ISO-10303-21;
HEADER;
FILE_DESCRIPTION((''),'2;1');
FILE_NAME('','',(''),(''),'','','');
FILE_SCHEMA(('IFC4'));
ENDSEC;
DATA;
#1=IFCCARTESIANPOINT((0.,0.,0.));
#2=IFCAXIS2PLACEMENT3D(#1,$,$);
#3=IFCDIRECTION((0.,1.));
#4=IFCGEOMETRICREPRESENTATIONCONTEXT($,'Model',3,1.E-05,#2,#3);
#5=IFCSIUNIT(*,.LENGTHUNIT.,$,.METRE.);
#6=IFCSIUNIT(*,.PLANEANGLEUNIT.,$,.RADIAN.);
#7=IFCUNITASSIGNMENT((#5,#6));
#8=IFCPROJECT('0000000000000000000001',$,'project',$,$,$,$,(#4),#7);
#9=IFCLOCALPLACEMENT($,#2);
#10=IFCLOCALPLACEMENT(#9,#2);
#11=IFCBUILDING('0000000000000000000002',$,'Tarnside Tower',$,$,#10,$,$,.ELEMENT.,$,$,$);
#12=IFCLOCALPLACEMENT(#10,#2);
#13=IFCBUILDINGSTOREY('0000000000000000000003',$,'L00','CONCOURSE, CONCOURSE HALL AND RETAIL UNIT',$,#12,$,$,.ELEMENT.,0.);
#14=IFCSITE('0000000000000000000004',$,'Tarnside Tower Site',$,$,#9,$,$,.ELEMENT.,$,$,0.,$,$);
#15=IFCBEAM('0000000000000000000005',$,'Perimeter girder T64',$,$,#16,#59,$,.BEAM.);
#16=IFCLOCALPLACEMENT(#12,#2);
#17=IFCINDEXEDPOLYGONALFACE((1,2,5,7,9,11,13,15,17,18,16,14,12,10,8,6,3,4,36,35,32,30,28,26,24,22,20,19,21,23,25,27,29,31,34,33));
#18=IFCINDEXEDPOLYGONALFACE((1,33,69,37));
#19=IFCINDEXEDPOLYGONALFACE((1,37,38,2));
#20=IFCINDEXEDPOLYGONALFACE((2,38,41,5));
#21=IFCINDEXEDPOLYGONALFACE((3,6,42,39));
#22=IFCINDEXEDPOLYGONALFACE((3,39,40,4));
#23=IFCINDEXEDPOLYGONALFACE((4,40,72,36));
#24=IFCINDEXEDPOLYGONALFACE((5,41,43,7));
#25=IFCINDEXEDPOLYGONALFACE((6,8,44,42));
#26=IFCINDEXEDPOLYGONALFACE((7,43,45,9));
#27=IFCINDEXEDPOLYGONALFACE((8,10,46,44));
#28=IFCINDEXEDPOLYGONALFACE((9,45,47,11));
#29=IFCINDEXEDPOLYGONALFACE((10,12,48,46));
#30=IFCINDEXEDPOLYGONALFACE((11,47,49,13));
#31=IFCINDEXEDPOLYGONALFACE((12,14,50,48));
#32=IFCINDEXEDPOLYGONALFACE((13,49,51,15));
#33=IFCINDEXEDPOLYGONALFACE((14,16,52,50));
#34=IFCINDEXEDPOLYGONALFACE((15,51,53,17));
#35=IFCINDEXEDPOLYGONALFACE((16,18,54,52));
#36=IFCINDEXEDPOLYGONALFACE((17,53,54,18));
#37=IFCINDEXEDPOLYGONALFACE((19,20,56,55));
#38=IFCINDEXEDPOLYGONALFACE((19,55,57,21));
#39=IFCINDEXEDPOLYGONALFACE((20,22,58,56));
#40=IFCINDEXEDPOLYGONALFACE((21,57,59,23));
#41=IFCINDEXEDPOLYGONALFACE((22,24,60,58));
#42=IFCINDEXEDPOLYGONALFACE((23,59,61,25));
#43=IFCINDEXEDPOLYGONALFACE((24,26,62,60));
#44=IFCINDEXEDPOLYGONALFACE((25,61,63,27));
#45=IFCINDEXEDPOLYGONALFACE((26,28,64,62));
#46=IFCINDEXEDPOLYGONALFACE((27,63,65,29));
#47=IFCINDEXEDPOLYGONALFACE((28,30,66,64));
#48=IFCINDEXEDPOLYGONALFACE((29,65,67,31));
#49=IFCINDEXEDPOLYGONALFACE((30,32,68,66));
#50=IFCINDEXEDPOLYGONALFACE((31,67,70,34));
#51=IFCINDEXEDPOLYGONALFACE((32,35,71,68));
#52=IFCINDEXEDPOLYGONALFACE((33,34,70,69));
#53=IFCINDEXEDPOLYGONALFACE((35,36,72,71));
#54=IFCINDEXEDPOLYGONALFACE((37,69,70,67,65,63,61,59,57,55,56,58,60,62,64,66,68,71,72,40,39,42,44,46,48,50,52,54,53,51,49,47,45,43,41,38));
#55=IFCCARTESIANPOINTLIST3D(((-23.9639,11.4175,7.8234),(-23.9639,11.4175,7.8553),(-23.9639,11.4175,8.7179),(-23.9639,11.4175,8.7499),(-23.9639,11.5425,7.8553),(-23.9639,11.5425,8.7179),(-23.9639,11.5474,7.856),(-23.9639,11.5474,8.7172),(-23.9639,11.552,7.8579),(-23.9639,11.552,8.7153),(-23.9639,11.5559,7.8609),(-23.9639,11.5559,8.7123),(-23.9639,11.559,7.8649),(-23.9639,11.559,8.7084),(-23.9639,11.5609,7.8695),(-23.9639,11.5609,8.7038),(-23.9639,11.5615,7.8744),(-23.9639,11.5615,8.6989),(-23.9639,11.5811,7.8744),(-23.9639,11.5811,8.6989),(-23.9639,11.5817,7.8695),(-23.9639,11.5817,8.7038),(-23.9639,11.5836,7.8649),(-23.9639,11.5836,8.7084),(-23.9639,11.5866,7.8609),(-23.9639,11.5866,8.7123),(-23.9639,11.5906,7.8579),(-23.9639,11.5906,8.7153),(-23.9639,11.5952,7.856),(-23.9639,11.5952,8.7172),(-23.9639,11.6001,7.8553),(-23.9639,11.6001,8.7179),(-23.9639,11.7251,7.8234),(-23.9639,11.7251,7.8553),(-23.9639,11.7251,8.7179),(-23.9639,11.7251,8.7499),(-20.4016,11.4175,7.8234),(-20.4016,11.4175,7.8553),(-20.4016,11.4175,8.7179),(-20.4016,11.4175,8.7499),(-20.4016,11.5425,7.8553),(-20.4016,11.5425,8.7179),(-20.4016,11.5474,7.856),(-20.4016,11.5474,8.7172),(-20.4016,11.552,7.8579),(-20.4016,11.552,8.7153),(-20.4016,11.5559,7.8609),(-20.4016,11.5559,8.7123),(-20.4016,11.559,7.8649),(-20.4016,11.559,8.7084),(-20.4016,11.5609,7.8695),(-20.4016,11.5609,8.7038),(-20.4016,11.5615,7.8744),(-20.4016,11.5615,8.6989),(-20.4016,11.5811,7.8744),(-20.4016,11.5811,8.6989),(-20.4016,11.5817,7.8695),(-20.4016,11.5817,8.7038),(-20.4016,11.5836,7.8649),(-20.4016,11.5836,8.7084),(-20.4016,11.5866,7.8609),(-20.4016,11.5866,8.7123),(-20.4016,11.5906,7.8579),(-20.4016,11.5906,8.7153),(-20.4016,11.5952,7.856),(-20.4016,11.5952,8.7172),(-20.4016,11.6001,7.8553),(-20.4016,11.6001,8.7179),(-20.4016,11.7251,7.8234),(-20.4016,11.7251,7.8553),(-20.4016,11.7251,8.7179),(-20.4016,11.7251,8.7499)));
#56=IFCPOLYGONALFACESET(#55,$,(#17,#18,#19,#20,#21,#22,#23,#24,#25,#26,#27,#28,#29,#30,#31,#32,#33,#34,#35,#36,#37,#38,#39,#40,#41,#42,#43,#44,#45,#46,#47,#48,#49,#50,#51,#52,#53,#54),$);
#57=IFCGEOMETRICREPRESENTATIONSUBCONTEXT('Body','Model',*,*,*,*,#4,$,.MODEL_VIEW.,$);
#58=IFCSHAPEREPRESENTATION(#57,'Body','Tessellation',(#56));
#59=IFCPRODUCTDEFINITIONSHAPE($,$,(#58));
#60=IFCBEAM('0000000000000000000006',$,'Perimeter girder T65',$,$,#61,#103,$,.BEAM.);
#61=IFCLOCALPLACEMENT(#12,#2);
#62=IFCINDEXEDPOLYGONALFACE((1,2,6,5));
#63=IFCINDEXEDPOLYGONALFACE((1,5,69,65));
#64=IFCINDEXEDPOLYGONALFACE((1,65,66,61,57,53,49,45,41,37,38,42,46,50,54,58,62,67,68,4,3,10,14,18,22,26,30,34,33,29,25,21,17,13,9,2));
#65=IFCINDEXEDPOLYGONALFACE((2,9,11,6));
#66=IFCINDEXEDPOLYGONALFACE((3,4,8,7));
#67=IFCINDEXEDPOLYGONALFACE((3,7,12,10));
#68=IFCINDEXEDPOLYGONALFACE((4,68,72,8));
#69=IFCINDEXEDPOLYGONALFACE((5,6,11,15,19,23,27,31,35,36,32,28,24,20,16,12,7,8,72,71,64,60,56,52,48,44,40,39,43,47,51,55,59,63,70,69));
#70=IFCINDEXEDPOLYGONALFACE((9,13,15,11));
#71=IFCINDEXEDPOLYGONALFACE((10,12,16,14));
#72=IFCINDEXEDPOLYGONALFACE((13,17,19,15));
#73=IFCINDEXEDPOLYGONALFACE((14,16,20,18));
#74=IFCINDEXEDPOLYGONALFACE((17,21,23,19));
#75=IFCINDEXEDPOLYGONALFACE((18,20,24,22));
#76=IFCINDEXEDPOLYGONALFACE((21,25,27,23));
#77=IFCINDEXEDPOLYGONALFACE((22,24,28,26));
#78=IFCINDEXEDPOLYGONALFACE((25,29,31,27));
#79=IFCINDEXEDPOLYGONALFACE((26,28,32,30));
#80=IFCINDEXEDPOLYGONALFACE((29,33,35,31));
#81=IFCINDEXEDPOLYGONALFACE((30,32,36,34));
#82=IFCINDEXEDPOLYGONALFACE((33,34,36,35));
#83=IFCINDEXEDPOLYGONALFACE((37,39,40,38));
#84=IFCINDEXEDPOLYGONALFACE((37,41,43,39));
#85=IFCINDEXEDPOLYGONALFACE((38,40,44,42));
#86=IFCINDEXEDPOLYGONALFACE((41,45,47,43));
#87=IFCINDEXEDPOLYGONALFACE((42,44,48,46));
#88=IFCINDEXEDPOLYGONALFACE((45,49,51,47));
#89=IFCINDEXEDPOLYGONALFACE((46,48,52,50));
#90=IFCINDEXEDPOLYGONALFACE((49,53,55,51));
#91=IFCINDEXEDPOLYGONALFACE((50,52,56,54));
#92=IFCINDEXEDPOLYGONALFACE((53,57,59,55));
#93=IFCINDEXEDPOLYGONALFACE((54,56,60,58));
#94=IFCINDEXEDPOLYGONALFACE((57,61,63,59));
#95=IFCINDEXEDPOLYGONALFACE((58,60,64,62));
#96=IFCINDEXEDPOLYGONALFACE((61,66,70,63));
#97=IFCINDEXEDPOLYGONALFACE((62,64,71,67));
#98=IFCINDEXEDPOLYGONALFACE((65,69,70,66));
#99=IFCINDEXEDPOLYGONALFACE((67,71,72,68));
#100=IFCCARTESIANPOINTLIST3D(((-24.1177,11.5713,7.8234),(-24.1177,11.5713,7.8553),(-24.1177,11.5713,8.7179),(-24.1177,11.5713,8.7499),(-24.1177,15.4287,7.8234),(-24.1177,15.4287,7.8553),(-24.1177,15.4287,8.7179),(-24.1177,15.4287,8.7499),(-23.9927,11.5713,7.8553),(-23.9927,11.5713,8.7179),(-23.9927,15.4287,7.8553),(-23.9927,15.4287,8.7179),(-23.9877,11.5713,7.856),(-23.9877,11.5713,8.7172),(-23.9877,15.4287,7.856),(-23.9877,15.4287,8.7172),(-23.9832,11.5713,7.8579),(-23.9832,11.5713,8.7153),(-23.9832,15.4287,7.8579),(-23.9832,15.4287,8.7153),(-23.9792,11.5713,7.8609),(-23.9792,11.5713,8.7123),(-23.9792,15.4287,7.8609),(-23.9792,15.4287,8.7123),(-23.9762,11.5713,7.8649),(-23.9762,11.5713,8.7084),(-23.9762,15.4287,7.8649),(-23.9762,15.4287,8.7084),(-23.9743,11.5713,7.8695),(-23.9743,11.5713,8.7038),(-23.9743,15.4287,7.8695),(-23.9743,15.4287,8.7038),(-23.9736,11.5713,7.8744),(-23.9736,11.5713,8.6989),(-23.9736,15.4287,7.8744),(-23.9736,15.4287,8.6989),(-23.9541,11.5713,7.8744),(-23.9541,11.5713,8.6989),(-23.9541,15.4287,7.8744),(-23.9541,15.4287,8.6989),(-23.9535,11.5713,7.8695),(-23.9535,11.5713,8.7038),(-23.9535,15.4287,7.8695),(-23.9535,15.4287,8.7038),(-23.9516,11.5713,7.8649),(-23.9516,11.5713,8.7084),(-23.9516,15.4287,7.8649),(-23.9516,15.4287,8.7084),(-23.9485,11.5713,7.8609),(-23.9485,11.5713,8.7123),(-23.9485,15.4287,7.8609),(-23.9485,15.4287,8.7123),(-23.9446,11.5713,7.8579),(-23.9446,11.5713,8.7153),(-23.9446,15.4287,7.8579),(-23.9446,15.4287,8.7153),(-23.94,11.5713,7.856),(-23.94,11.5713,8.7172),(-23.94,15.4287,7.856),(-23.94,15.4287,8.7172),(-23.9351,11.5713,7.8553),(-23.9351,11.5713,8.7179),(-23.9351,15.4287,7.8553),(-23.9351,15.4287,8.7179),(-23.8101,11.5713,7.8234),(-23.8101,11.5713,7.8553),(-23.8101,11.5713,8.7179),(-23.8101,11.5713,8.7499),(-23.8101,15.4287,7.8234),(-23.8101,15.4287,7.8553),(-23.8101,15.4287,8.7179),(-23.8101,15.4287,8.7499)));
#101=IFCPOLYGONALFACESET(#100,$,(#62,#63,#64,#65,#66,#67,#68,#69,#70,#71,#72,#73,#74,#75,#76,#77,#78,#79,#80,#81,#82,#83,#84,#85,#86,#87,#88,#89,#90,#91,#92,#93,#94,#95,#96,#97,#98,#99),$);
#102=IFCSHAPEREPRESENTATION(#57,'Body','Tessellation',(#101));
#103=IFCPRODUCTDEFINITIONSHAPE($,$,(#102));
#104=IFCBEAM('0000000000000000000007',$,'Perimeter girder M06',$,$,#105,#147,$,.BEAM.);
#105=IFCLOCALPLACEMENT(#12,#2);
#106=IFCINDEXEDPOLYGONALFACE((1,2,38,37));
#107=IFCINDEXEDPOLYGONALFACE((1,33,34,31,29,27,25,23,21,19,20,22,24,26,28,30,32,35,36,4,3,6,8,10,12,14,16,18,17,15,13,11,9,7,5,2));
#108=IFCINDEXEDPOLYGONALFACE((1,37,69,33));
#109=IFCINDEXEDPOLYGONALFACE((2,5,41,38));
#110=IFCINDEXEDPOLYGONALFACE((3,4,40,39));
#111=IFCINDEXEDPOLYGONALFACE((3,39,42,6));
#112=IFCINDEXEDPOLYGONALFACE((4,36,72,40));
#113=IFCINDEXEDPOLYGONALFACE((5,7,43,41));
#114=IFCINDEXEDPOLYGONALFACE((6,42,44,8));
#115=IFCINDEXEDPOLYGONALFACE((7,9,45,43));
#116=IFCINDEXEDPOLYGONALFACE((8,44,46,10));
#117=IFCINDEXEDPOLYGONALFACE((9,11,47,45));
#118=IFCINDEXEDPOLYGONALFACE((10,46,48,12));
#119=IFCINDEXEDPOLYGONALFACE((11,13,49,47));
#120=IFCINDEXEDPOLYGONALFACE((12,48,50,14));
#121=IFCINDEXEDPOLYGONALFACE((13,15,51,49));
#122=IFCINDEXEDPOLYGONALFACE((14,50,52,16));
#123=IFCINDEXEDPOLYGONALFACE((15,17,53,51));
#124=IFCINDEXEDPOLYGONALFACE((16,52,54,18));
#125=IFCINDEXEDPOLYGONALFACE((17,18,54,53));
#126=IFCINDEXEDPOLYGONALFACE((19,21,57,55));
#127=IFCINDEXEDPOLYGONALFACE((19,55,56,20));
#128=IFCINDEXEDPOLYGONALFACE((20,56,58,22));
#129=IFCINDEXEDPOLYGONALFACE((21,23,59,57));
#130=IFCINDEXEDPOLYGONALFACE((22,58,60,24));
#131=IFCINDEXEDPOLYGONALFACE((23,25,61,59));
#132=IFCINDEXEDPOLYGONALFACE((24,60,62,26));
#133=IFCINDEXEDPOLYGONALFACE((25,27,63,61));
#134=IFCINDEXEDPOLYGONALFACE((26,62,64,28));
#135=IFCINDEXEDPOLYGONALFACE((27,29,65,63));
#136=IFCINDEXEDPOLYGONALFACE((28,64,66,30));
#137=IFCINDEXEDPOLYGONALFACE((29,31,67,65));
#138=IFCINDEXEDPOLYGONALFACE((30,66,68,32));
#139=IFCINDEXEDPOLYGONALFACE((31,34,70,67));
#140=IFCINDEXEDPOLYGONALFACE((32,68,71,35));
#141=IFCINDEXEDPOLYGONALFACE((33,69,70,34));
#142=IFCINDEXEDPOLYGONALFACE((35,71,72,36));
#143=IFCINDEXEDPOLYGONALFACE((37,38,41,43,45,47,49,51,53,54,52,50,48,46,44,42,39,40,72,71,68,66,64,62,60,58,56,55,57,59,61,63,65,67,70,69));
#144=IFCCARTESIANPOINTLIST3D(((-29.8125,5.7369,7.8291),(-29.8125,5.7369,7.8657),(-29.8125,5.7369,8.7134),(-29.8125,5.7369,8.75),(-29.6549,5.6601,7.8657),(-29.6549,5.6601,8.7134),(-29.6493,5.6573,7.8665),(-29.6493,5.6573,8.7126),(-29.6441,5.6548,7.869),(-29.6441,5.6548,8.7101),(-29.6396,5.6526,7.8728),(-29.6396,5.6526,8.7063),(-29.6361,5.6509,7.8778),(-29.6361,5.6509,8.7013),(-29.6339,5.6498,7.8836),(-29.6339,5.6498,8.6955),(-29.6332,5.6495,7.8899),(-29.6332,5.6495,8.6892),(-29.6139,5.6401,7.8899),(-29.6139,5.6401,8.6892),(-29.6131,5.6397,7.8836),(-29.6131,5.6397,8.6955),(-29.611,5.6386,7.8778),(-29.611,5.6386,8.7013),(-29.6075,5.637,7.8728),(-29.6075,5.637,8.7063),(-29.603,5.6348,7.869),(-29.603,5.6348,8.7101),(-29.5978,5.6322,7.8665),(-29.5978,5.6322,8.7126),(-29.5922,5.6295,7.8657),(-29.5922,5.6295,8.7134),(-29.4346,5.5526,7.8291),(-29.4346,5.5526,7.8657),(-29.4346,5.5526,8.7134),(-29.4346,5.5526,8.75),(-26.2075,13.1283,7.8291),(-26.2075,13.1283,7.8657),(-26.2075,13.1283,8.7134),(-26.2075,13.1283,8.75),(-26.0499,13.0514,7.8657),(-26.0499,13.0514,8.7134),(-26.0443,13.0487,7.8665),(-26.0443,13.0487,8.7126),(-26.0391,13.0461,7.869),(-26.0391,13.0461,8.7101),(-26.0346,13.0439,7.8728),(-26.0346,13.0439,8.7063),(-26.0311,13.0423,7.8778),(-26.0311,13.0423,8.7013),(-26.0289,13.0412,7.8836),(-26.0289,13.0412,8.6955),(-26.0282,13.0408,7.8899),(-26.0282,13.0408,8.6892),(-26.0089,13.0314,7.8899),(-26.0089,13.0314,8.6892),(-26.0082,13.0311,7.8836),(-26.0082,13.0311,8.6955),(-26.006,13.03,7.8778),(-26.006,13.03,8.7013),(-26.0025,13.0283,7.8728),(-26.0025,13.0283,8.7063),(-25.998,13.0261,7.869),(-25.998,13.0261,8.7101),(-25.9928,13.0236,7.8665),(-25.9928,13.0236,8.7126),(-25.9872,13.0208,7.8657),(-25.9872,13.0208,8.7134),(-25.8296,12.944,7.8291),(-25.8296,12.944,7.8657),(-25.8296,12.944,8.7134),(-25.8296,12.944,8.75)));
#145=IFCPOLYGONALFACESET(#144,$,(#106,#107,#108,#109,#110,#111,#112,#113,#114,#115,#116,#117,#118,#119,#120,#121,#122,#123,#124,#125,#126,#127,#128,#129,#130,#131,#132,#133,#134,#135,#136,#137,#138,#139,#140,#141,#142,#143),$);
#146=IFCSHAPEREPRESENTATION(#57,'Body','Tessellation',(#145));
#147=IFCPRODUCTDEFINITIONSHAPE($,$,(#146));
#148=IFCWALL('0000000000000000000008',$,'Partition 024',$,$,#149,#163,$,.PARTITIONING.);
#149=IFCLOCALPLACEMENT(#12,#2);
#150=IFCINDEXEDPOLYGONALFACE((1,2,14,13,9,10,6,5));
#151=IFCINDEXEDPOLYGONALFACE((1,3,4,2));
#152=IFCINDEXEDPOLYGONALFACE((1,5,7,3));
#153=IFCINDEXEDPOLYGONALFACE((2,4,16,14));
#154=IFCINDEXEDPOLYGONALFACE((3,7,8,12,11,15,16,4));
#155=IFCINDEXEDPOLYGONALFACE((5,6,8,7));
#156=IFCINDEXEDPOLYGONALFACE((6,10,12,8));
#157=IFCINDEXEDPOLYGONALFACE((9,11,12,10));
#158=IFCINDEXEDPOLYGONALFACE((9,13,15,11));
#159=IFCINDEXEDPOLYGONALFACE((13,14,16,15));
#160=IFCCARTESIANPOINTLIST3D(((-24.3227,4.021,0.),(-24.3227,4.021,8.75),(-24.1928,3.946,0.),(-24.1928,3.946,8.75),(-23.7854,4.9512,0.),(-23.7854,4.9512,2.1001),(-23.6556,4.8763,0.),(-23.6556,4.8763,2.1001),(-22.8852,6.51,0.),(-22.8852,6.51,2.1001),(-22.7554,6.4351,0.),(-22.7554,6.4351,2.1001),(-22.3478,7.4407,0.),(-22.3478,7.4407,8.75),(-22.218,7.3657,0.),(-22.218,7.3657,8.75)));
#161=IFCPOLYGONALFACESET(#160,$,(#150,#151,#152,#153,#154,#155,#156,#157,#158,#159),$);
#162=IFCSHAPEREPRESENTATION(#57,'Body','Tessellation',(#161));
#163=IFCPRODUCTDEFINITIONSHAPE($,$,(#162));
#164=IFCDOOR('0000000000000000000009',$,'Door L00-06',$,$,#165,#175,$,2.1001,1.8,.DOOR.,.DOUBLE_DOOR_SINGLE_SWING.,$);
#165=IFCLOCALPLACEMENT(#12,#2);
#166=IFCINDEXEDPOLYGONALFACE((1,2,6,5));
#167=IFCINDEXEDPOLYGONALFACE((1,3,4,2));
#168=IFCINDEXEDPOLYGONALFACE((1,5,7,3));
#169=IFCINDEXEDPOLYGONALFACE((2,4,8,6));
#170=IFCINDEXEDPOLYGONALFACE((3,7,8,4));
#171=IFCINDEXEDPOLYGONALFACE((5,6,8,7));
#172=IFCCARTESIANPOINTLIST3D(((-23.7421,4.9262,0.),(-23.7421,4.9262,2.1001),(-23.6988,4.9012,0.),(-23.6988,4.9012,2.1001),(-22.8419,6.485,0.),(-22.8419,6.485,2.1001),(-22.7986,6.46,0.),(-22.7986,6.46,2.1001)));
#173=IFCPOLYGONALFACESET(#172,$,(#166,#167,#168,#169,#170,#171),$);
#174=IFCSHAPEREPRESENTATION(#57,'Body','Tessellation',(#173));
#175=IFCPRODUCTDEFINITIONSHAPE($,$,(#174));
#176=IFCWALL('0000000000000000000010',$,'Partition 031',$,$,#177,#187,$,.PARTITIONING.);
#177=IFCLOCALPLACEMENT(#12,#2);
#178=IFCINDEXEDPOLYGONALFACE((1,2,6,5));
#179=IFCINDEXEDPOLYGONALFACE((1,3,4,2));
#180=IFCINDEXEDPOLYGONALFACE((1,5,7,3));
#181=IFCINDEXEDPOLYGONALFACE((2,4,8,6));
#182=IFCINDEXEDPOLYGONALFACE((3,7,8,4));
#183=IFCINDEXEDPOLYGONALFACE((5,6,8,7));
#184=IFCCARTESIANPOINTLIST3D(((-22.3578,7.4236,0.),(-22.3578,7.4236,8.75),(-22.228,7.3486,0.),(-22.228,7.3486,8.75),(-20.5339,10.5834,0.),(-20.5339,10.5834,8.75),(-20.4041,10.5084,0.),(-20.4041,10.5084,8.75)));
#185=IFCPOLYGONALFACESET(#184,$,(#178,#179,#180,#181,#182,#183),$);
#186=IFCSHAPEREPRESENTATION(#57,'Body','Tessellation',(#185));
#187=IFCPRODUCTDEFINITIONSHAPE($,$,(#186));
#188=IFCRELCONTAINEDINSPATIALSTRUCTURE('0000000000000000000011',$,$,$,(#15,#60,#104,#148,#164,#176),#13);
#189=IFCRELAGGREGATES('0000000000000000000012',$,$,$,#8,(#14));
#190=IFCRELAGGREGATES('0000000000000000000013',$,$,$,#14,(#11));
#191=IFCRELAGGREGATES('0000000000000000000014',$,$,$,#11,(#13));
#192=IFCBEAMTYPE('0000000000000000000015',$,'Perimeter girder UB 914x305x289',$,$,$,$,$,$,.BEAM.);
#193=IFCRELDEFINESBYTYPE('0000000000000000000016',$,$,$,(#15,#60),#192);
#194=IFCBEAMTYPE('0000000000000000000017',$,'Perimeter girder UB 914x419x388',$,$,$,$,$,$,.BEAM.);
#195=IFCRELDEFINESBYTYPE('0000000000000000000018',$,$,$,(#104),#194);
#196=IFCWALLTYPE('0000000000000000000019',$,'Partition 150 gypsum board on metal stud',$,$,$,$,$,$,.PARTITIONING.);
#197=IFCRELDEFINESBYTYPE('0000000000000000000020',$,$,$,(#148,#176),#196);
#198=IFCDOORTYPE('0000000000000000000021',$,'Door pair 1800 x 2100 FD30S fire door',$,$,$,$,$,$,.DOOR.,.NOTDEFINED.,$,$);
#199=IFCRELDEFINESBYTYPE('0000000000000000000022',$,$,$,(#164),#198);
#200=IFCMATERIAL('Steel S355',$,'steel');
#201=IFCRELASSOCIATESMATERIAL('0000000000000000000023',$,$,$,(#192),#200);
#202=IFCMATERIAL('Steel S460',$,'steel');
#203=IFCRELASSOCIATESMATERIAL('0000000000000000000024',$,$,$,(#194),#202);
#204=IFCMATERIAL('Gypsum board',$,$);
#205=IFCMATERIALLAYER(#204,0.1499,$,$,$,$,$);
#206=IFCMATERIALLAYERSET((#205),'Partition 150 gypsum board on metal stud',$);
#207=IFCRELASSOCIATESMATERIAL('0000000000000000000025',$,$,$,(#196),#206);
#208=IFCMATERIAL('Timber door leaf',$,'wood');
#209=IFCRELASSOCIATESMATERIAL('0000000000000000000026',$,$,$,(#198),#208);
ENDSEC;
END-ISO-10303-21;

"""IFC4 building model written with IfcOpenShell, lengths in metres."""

from ifc_helpers import new_model, si_unit, direction, frame, frame_2d, origin, origin_2d, place, context, subcontext, project, spatial, rectangle, i_section, extrude, material, layer, layer_set, material_profile, profile_set, type_object, element, fill, save


model = new_model("IFC4")

# Units and contexts
model_context = context("Model", 3, precision=1e-05, world=origin(), true_north=direction((0.0, 1.0)))
body_context = subcontext(model_context, "Body", "Model", "MODEL_VIEW")
ifc_project = project(units=[si_unit("LENGTHUNIT", "METRE"), si_unit("PLANEANGLEUNIT", "RADIAN")], contexts=[model_context])

# Site, building, storey
site_placement = place(None, origin())
site = spatial("IfcSite", under=ifc_project, at=site_placement, Name="Tarnside Tower Site", CompositionType="ELEMENT", RefElevation=0.0)
building_placement = place(site_placement, origin())
building = spatial("IfcBuilding", under=site, at=building_placement, Name="Tarnside Tower", CompositionType="ELEMENT")
storey_placement = place(building_placement, origin())
storey = spatial("IfcBuildingStorey", under=building, at=storey_placement, Name="L00", Description="CONCOURSE, CONCOURSE HALL AND RETAIL UNIT", CompositionType="ELEMENT", Elevation=0.0)

# Beams
ifc_material_1 = material(Name="Steel S355", Category="steel")
ifc_material_profile_1 = material_profile(ifc_material_1, i_section(OverallWidth=0.3076, OverallDepth=0.9265, WebThickness=0.0195, FlangeThickness=0.032, FilletRadius=0.019, at=origin_2d()), Name="UB 914x305x289")
ifc_profile_set_1 = profile_set([ifc_material_profile_1], Name="Steel S355")
beam_type_1 = type_object("IfcBeamType", Name="Perimeter girder UB 914x305x289", PredefinedType="BEAM", material=ifc_profile_set_1)
beam_1_placement = place(storey_placement, frame((-20.4016, 11.5713, 8.2866), z_axis=(-1.0, 0.0, 0.0), x_axis=(0.0, -1.0, 0.0)))
element("IfcBeam", 1, at=beam_1_placement, inside=storey, type_object=beam_type_1, Name="Perimeter girder T64", PredefinedType="BEAM", context=body_context, shape_type="SweptSolid", body=[
    extrude(i_section(OverallWidth=0.3076, OverallDepth=0.9265, WebThickness=0.0195, FlangeThickness=0.032, FilletRadius=0.019, at=origin_2d()), origin(), (0.0, 0.0, 1.0), 3.5623),
])
beam_2_placement = place(storey_placement, frame((-23.9639, 11.5713, 8.2866), z_axis=(0.0, 1.0, 0.0), x_axis=(-1.0, 0.0, 0.0)))
element("IfcBeam", 2, at=beam_2_placement, inside=storey, type_object=beam_type_1, Name="Perimeter girder T65", PredefinedType="BEAM", context=body_context, shape_type="SweptSolid", body=[
    extrude(i_section(OverallWidth=0.3076, OverallDepth=0.9265, WebThickness=0.0195, FlangeThickness=0.032, FilletRadius=0.019, at=origin_2d()), origin(), (0.0, 0.0, 1.0), 3.8574),
])
ifc_material_2 = material(Name="Steel S460", Category="steel")
ifc_material_profile_2 = material_profile(ifc_material_2, i_section(OverallWidth=0.4204, OverallDepth=0.9209, WebThickness=0.0215, FlangeThickness=0.0366, FilletRadius=0.0242, at=origin_2d()), Name="UB 914x419x388")
ifc_profile_set_2 = profile_set([ifc_material_profile_2], Name="Steel S460")
beam_type_2 = type_object("IfcBeamType", Name="Perimeter girder UB 914x419x388", PredefinedType="BEAM", material=ifc_profile_set_2)
beam_3_placement = place(storey_placement, frame((-26.0186, 13.0361, 8.2896), z_axis=(-0.438369, -0.898795, 0.0), x_axis=(0.898795, -0.438369, 0.0)))
element("IfcBeam", 3, at=beam_3_placement, inside=storey, type_object=beam_type_2, Name="Perimeter girder M06", PredefinedType="BEAM", context=body_context, shape_type="SweptSolid", body=[
    extrude(i_section(OverallWidth=0.4204, OverallDepth=0.9209, WebThickness=0.0215, FlangeThickness=0.0366, FilletRadius=0.0242, at=origin_2d()), origin(), (0.0, 0.0, 1.0), 8.2236),
])

# Wall, opening, door
ifc_material_3 = material(Name="Gypsum board")
ifc_layer_1 = layer(ifc_material_3, 0.1499)
ifc_layer_set_1 = layer_set([ifc_layer_1], Name="Partition 150 gypsum board on metal stud")
wall_type_1 = type_object("IfcWallType", Name="Partition 150 gypsum board on metal stud", PredefinedType="PARTITIONING", material=ifc_layer_set_1)
wall_1_placement = place(storey_placement, frame((-24.2578, 3.9834, 0.0), z_axis=(0.0, 0.0, 1.0), x_axis=(0.500095, 0.86597, 0.0)))
wall_1 = element("IfcWall", 4, at=wall_1_placement, inside=storey, type_object=wall_type_1, Name="Partition 024", PredefinedType="PARTITIONING", context=body_context, shape_type="SweptSolid", body=[
    extrude(rectangle(XDim=3.949, YDim=0.1499, at=frame_2d((1.9746, 0.0))), origin(), (0.0, 0.0, 1.0), 8.75),
])
opening_placement = place(wall_1_placement, frame((1.0745, 0.0, 0.0)))
opening = element("IfcOpeningElement", 5, at=opening_placement, cuts=wall_1, PredefinedType="OPENING", context=body_context, shape_type="SweptSolid", body=[
    extrude(rectangle(XDim=1.8, YDim=2.1001, at=frame_2d((0.8999, 1.05))), frame((0.0, 0.085, 0.0), z_axis=(0.0, -1.0, 0.0), x_axis=(1.0, 0.0, 0.0)), (0.0, 0.0, 1.0), 0.1699),
])
ifc_material_4 = material(Name="Timber door leaf", Category="wood")
door_type = type_object("IfcDoorType", Name="Door pair 1800 x 2100 FD30S fire door", OperationType="NOTDEFINED", PredefinedType="DOOR", material=ifc_material_4)
door_placement = place(opening_placement, origin())
door = element("IfcDoor", 6, at=door_placement, inside=storey, type_object=door_type, Name="Door L00-06", OperationType="DOUBLE_DOOR_SINGLE_SWING", OverallHeight=2.1001, OverallWidth=1.8, PredefinedType="DOOR", context=body_context, shape_type="SweptSolid", body=[
    extrude(rectangle(XDim=1.8, YDim=2.1001, at=frame_2d((0.8999, 1.05))), frame((0.0, 0.0249, 0.0), z_axis=(0.0, -1.0, 0.0), x_axis=(1.0, 0.0, 0.0)), (0.0, 0.0, 1.0), 0.05),
])
fill(opening, door)

# Wall
wall_2_placement = place(storey_placement, frame((-20.469, 10.5459, 0.0), z_axis=(0.0, 0.0, 1.0), x_axis=(-0.499917, -0.866073, 0.0)))
element("IfcWall", 7, at=wall_2_placement, inside=storey, type_object=wall_type_1, Name="Partition 031", PredefinedType="PARTITIONING", context=body_context, shape_type="SweptSolid", body=[
    extrude(rectangle(XDim=3.6484, YDim=0.1499, at=frame_2d((1.8242, 0.0))), origin(), (0.0, 0.0, 1.0), 8.75),
])

save(model, "model.ifc")
